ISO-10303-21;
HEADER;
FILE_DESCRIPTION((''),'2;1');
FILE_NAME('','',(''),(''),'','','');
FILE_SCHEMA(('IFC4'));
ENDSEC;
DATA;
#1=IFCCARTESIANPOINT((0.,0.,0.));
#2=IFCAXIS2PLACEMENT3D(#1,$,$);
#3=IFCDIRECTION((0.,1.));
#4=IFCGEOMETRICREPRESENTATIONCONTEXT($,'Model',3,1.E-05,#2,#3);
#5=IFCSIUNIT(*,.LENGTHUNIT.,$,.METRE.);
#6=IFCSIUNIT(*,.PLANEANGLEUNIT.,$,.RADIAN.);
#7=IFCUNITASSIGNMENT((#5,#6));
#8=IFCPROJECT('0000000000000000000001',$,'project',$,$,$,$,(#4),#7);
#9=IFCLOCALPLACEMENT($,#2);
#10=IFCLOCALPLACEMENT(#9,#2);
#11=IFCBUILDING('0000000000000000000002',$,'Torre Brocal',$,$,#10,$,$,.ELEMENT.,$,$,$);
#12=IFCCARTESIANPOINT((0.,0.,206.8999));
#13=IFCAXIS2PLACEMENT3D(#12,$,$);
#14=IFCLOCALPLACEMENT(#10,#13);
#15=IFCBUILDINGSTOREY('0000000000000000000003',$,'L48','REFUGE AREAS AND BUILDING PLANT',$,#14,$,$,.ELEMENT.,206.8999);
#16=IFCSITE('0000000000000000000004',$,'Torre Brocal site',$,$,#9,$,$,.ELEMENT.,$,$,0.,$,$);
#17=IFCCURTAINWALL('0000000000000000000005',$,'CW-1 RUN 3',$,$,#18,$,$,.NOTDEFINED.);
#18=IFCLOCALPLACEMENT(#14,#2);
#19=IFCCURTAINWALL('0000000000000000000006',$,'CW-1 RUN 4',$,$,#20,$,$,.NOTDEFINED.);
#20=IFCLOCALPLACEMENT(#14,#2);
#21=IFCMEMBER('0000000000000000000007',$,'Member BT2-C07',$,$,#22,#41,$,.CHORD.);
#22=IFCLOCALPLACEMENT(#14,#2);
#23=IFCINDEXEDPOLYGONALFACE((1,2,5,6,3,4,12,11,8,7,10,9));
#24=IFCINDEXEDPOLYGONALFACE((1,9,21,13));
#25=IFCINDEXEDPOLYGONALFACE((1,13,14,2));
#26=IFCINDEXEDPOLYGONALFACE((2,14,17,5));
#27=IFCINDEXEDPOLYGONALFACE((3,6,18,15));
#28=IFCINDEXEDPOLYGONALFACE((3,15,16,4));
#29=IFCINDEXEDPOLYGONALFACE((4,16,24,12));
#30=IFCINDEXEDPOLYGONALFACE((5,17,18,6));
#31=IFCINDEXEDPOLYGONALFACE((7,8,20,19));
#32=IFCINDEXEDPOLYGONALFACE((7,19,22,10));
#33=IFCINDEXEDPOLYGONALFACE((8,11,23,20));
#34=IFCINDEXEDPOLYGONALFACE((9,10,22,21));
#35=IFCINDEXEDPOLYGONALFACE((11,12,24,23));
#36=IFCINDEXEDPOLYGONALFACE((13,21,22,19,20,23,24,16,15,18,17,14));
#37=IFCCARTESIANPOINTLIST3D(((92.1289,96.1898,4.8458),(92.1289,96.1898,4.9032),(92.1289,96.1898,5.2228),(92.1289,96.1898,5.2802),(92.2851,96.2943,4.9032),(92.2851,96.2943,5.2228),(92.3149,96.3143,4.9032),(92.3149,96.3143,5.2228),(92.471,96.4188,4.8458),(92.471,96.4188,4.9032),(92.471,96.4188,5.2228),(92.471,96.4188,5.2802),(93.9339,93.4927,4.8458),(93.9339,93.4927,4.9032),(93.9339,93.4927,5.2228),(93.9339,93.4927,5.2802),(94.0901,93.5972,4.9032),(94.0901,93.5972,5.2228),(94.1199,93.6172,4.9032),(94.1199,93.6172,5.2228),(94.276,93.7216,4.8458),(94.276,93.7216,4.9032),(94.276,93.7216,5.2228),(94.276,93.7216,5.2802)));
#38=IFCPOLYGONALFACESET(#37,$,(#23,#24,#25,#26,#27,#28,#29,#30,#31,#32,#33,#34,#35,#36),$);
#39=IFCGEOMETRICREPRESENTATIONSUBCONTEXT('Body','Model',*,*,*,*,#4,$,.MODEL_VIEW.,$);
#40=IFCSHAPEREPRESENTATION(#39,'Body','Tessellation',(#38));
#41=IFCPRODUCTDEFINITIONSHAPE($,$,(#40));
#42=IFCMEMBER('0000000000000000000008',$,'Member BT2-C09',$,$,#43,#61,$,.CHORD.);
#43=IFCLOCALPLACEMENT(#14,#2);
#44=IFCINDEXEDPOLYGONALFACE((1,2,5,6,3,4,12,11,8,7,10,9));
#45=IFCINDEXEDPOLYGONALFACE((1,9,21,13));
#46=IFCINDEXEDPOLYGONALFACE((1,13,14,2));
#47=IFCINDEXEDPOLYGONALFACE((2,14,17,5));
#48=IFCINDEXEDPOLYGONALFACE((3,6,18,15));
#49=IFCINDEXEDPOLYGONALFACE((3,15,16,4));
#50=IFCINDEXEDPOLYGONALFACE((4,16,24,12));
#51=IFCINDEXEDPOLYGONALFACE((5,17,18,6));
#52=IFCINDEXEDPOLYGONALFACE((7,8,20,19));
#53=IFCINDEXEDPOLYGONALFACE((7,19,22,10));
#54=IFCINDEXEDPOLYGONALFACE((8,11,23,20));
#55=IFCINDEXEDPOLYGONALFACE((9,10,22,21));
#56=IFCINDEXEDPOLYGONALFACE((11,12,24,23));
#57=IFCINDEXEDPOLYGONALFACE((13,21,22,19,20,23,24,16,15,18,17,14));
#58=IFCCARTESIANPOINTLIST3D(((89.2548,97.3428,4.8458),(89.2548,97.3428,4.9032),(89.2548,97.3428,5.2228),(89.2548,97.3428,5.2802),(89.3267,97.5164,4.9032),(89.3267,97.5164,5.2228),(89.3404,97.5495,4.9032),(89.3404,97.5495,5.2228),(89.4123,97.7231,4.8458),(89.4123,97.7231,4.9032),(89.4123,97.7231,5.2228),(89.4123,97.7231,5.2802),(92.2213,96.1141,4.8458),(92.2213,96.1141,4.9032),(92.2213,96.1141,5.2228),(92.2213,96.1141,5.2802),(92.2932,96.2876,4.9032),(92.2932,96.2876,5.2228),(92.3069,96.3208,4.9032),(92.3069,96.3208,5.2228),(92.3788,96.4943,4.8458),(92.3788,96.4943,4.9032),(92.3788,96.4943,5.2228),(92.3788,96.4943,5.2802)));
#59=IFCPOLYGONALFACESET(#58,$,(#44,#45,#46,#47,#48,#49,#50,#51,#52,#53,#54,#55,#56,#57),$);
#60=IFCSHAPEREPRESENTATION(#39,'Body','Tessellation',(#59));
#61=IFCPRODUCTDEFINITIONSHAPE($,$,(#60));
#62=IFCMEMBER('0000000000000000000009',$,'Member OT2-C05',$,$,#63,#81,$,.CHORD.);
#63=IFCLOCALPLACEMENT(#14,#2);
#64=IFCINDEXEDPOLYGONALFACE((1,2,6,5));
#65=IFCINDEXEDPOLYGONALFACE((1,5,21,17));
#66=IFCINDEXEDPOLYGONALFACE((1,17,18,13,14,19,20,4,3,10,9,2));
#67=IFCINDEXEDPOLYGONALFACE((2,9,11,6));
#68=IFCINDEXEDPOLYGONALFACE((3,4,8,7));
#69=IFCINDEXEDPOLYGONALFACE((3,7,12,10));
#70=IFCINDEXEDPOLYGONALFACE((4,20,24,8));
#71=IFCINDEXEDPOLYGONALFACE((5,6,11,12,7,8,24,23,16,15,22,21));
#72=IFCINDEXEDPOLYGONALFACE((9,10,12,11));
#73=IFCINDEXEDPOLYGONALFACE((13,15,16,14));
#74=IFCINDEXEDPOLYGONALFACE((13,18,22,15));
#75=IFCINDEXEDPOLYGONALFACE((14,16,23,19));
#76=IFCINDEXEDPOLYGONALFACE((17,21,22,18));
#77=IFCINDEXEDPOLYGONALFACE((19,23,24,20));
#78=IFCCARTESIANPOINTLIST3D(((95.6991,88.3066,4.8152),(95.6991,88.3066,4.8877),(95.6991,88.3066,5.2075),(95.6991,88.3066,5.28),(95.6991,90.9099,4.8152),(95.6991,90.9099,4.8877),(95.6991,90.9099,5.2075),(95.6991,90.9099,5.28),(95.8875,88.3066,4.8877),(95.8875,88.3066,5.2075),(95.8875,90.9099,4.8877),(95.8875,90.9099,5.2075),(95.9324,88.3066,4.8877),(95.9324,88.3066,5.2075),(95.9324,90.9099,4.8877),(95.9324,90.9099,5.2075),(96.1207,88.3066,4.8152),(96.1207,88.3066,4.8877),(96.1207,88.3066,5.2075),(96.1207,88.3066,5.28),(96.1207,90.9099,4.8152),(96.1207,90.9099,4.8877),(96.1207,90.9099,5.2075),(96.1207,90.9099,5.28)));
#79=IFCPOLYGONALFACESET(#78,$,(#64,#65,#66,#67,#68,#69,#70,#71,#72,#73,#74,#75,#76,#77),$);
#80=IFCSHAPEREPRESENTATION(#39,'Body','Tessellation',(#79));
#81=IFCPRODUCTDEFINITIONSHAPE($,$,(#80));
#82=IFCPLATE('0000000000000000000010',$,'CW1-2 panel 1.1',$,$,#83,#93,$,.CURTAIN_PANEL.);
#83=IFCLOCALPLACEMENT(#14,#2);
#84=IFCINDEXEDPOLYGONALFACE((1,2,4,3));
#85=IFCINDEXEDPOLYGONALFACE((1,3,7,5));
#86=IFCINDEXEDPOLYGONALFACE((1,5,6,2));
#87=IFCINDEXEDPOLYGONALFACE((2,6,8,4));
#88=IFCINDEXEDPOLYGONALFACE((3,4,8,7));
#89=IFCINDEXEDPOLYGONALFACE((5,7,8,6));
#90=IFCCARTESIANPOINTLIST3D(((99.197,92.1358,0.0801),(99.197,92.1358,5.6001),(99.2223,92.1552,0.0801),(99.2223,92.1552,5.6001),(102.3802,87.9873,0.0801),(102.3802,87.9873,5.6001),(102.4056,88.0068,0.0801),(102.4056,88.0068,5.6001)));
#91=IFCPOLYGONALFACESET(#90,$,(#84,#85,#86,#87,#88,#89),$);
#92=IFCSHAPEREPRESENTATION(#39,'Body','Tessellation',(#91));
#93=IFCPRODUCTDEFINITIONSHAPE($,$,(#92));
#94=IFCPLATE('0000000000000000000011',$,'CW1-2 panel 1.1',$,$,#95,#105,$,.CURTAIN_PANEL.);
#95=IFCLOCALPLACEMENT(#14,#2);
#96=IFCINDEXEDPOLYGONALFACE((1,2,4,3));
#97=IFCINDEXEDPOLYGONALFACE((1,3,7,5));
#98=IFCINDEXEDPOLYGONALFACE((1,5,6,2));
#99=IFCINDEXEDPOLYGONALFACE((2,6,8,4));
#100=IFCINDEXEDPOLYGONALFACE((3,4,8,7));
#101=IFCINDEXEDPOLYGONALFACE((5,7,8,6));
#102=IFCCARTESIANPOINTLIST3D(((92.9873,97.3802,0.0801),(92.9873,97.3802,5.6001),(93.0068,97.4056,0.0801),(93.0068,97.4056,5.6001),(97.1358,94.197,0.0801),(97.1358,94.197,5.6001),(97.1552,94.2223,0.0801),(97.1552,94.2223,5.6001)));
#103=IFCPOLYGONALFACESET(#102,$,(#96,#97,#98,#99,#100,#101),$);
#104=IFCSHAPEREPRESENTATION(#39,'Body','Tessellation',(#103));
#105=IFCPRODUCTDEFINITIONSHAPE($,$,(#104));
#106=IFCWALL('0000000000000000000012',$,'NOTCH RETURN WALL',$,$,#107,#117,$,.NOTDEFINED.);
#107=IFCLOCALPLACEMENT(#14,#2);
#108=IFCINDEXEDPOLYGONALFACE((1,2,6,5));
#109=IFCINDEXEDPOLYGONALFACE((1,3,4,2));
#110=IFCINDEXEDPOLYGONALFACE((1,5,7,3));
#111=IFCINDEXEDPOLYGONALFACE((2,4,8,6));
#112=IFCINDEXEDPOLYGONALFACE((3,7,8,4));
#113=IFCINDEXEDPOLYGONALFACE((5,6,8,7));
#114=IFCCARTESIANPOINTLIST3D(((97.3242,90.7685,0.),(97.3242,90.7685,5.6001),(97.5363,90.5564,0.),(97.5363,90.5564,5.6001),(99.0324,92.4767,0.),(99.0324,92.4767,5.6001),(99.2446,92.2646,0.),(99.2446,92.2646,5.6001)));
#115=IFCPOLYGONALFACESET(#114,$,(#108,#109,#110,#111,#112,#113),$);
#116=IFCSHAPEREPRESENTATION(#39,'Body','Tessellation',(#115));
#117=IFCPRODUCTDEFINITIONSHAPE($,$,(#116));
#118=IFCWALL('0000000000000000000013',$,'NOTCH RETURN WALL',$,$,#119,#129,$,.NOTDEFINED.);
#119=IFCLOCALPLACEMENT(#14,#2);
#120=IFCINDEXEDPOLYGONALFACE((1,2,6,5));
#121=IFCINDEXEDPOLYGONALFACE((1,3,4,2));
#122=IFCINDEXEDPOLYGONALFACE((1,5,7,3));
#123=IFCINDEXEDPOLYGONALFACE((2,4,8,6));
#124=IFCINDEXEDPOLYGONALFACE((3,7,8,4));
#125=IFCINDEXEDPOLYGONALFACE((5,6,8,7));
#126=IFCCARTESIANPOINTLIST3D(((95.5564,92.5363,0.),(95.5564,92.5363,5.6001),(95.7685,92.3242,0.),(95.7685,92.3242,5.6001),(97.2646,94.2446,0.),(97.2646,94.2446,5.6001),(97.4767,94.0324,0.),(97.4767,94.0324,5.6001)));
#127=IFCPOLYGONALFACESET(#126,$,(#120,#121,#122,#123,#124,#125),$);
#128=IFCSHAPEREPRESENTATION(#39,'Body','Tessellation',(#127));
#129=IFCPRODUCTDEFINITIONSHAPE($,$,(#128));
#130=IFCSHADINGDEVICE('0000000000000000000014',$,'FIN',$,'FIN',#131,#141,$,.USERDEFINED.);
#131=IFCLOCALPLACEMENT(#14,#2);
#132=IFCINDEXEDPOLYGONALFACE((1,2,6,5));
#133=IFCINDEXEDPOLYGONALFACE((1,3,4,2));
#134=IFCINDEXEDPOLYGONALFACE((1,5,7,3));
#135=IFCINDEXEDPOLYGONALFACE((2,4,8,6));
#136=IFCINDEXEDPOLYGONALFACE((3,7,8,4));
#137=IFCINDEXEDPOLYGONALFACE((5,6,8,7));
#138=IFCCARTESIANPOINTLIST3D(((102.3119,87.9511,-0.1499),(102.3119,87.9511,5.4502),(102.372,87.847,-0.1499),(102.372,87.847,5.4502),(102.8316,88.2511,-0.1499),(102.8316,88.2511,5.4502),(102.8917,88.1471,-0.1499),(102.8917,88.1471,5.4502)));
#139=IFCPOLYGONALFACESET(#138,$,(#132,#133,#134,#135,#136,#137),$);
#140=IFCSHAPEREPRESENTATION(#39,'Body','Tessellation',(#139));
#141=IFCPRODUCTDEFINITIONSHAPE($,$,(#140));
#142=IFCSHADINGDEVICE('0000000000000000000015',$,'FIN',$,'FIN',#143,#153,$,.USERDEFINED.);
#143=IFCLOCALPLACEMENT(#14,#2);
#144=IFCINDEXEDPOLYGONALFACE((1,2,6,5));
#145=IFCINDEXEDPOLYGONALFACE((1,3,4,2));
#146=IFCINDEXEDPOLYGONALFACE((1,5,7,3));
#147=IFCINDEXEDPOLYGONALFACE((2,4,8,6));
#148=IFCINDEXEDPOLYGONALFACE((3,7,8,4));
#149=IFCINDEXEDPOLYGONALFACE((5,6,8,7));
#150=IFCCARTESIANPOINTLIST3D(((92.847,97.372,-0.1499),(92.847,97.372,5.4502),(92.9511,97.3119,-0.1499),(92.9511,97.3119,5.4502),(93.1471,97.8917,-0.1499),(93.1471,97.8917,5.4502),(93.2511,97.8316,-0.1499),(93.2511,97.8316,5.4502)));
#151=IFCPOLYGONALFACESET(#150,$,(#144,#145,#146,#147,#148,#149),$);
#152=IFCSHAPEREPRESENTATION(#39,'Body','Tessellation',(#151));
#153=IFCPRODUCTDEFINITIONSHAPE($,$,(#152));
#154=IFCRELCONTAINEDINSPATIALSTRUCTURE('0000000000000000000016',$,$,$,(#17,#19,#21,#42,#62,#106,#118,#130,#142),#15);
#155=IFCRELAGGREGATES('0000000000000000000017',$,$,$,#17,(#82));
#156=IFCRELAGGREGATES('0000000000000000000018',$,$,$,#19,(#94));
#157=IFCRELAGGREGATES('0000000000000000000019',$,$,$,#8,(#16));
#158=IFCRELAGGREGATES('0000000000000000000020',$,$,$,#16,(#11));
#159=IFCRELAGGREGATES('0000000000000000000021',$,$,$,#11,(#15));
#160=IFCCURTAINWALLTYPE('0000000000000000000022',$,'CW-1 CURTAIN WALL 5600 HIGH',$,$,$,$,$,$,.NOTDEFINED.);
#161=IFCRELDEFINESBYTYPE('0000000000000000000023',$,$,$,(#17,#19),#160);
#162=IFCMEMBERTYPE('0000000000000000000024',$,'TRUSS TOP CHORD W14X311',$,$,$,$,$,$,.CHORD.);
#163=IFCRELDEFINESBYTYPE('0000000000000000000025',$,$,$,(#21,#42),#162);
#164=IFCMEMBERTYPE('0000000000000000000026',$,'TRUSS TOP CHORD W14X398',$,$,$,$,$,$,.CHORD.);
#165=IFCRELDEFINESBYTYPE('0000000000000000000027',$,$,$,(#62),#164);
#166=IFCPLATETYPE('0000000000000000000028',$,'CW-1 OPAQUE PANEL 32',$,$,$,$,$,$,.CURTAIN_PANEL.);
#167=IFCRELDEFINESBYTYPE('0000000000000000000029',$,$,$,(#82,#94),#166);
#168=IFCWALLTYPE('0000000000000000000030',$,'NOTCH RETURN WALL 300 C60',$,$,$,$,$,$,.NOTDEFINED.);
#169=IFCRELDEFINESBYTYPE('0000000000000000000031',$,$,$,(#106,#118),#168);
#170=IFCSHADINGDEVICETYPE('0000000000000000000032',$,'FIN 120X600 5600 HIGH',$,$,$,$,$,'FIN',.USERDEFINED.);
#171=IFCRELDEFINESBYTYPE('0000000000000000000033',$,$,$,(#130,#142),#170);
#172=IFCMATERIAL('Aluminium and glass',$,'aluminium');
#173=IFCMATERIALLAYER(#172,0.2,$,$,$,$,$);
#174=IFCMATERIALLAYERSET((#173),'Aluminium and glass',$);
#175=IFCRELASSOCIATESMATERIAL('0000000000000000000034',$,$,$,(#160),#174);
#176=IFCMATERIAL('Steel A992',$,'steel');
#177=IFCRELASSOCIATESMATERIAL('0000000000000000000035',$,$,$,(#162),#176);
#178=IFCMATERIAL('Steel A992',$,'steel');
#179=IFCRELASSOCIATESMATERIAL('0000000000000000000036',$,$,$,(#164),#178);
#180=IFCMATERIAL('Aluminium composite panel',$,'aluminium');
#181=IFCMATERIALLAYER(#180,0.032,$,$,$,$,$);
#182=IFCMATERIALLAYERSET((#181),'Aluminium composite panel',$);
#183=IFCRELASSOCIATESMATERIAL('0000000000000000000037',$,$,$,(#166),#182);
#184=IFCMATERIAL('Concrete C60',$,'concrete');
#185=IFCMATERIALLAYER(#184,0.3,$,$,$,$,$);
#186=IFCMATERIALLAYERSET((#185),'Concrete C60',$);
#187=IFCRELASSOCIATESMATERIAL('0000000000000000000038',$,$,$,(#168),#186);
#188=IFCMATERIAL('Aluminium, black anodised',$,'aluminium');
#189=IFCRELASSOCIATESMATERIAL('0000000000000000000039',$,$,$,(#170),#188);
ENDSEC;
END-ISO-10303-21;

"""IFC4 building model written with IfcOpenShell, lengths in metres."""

from ifc_helpers import new_model, si_unit, direction, frame, frame_2d, origin, origin_2d, place, context, subcontext, project, spatial, rectangle, i_section, extrude, material, layer, layer_set, material_profile, profile_set, type_object, element, aggregate, save


model = new_model("IFC4")

# Units and contexts
model_context = context("Model", 3, precision=1e-05, world=origin(), true_north=direction((0.0, 1.0)))
body_context = subcontext(model_context, "Body", "Model", "MODEL_VIEW")
ifc_project = project(units=[si_unit("LENGTHUNIT", "METRE"), si_unit("PLANEANGLEUNIT", "RADIAN")], contexts=[model_context])

# Site, building, storey
site_placement = place(None, origin())
site = spatial("IfcSite", under=ifc_project, at=site_placement, Name="Torre Brocal site", CompositionType="ELEMENT", RefElevation=0.0)
building_placement = place(site_placement, origin())
building = spatial("IfcBuilding", under=site, at=building_placement, Name="Torre Brocal", CompositionType="ELEMENT")
storey_placement = place(building_placement, frame((0.0, 0.0, 206.8999)))
storey = spatial("IfcBuildingStorey", under=building, at=storey_placement, Name="L48", Description="REFUGE AREAS AND BUILDING PLANT", CompositionType="ELEMENT", Elevation=206.8999)

# Shared definitions
ifc_material_1 = material(Name="Aluminium and glass", Category="aluminium")
ifc_layer_1 = layer(ifc_material_1, 0.2)
ifc_layer_set_1 = layer_set([ifc_layer_1], Name="Aluminium and glass")
curtain_wall_type = type_object("IfcCurtainWallType", Name="CW-1 CURTAIN WALL 5600 HIGH", PredefinedType="NOTDEFINED", material=ifc_layer_set_1)

# Curtain walls
curtain_wall_1_placement = place(storey_placement, origin())
curtain_wall_1 = element("IfcCurtainWall", 1, at=curtain_wall_1_placement, inside=storey, type_object=curtain_wall_type, Name="CW-1 RUN 3", PredefinedType="NOTDEFINED")
curtain_wall_2_placement = place(storey_placement, origin())
curtain_wall_2 = element("IfcCurtainWall", 2, at=curtain_wall_2_placement, inside=storey, type_object=curtain_wall_type, Name="CW-1 RUN 4", PredefinedType="NOTDEFINED")

# Members
ifc_material_2 = material(Name="Steel A992", Category="steel")
ifc_material_profile_1 = material_profile(ifc_material_2, i_section(OverallWidth=0.4116, OverallDepth=0.4343, WebThickness=0.0359, FlangeThickness=0.0574, at=origin_2d()), Name="W14X311")
ifc_profile_set_1 = profile_set([ifc_material_profile_1], Name="Steel A992")
member_type_1 = type_object("IfcMemberType", Name="TRUSS TOP CHORD W14X311", PredefinedType="CHORD", material=ifc_profile_set_1)
for number, where, z_axis, x_axis, name in (
    (3, (94.105, 93.6072, 5.063), (-0.556175, 0.831065, 0.0), (-0.831065, -0.556175, 0.0), "Member BT2-C07"),
):
    element("IfcMember", number, at=place(storey_placement, frame(where, z_axis=z_axis, x_axis=x_axis)), inside=storey, type_object=member_type_1, Name=name, PredefinedType="CHORD", context=body_context, shape_type="SweptSolid", body=[
        extrude(i_section(OverallWidth=0.4116, OverallDepth=0.4343, WebThickness=0.0359, FlangeThickness=0.0574, at=origin_2d()), origin(), (0.0, 0.0, 1.0), 3.2454),
    ])
member_1_placement = place(storey_placement, frame((92.3, 96.3042, 5.063), z_axis=(-0.923882, 0.382676, 0.0), x_axis=(-0.382676, -0.923882, 0.0)))
element("IfcMember", 4, at=member_1_placement, inside=storey, type_object=member_type_1, Name="Member BT2-C09", PredefinedType="CHORD", context=body_context, shape_type="SweptSolid", body=[
    extrude(i_section(OverallWidth=0.4116, OverallDepth=0.4343, WebThickness=0.0359, FlangeThickness=0.0574, at=origin_2d()), origin(), (0.0, 0.0, 1.0), 3.2109),
])
ifc_material_3 = material(Name="Steel A992", Category="steel")
ifc_material_profile_2 = material_profile(ifc_material_3, i_section(OverallWidth=0.4216, OverallDepth=0.4648, WebThickness=0.0449, FlangeThickness=0.0725, at=origin_2d()), Name="W14X398")
ifc_profile_set_2 = profile_set([ifc_material_profile_2], Name="Steel A992")
member_type_2 = type_object("IfcMemberType", Name="TRUSS TOP CHORD W14X398", PredefinedType="CHORD", material=ifc_profile_set_2)
member_2_placement = place(storey_placement, frame((95.9099, 88.3066, 5.0476), z_axis=(0.0, 1.0, 0.0), x_axis=(-1.0, 0.0, 0.0)))
element("IfcMember", 5, at=member_2_placement, inside=storey, type_object=member_type_2, Name="Member OT2-C05", PredefinedType="CHORD", context=body_context, shape_type="SweptSolid", body=[
    extrude(i_section(OverallWidth=0.4216, OverallDepth=0.4648, WebThickness=0.0449, FlangeThickness=0.0725, at=origin_2d()), origin(), (0.0, 0.0, 1.0), 2.6033),
])

# Plates
ifc_material_4 = material(Name="Aluminium composite panel", Category="aluminium")
ifc_layer_2 = layer(ifc_material_4, 0.032)
ifc_layer_set_2 = layer_set([ifc_layer_2], Name="Aluminium composite panel")
plate_type = type_object("IfcPlateType", Name="CW-1 OPAQUE PANEL 32", PredefinedType="CURTAIN_PANEL", material=ifc_layer_set_2)
plate_1_placement = place(storey_placement, frame((100.8013, 90.0713, 0.0801), z_axis=(0.0, 0.0, 1.0), x_axis=(-0.608761, 0.793353, 0.0)))
plate_1 = element("IfcPlate", 6, at=plate_1_placement, type_object=plate_type, Name="CW1-2 panel 1.1", PredefinedType="CURTAIN_PANEL", context=body_context, shape_type="SweptSolid", body=[
    extrude(rectangle(XDim=5.229, YDim=0.032, at=origin_2d()), origin(), (0.0, 0.0, 1.0), 5.52),
])
aggregate(curtain_wall_1, [plate_1])
plate_2_placement = place(storey_placement, frame((95.0713, 95.8013, 0.0801), z_axis=(0.0, 0.0, 1.0), x_axis=(-0.793353, 0.608761, 0.0)))
plate_2 = element("IfcPlate", 7, at=plate_2_placement, type_object=plate_type, Name="CW1-2 panel 1.1", PredefinedType="CURTAIN_PANEL", context=body_context, shape_type="SweptSolid", body=[
    extrude(rectangle(XDim=5.229, YDim=0.032, at=origin_2d()), origin(), (0.0, 0.0, 1.0), 5.52),
])
aggregate(curtain_wall_2, [plate_2])

# Walls
ifc_material_5 = material(Name="Concrete C60", Category="concrete")
ifc_layer_3 = layer(ifc_material_5, 0.3)
ifc_layer_set_3 = layer_set([ifc_layer_3], Name="Concrete C60")
wall_type = type_object("IfcWallType", Name="NOTCH RETURN WALL 300 C60", PredefinedType="NOTDEFINED", material=ifc_layer_set_3)
for number, where, z_axis, x_axis, name in (
    (8, (97.4302, 90.6624, 0.0), (0.0, 0.0, 1.0), (0.707107, 0.707107, 0.0), "NOTCH RETURN WALL"),
    (9, (95.6624, 92.4302, 0.0), (0.0, 0.0, 1.0), (0.707107, 0.707107, 0.0), "NOTCH RETURN WALL"),
):
    element("IfcWall", number, at=place(storey_placement, frame(where, z_axis=z_axis, x_axis=x_axis)), inside=storey, type_object=wall_type, Name=name, PredefinedType="NOTDEFINED", context=body_context, shape_type="SweptSolid", body=[
        extrude(rectangle(XDim=2.4158, YDim=0.3, at=frame_2d((1.208, 0.0))), origin(), (0.0, 0.0, 1.0), 5.6001),
    ])

# Shading devices
ifc_material_6 = material(Name="Aluminium, black anodised", Category="aluminium")
ifc_material_profile_3 = material_profile(ifc_material_6, rectangle(XDim=0.1201, YDim=0.6001, at=origin_2d()), Name="FIN 120X600 5600 HIGH")
ifc_profile_set_3 = profile_set([ifc_material_profile_3], Name="Aluminium, black anodised")
shading_device_type = type_object("IfcShadingDeviceType", Name="FIN 120X600 5600 HIGH", ElementType="FIN", PredefinedType="USERDEFINED", material=ifc_profile_set_3)
for number, where, z_axis, x_axis, name in (
    (10, (102.6018, 88.0491, -0.1499), (0.0, 0.0, 1.0), (-0.5, 0.866025, 0.0), "FIN"),
    (11, (93.0491, 97.6018, -0.1499), (0.0, 0.0, 1.0), (-0.866025, 0.5, 0.0), "FIN"),
):
    element("IfcShadingDevice", number, at=place(storey_placement, frame(where, z_axis=z_axis, x_axis=x_axis)), inside=storey, type_object=shading_device_type, Name=name, ObjectType="FIN", PredefinedType="USERDEFINED", context=body_context, shape_type="SweptSolid", body=[
        extrude(rectangle(XDim=0.1201, YDim=0.6001, at=origin_2d()), origin(), (0.0, 0.0, 1.0), 5.6001),
    ])

save(model, "model.ifc")
